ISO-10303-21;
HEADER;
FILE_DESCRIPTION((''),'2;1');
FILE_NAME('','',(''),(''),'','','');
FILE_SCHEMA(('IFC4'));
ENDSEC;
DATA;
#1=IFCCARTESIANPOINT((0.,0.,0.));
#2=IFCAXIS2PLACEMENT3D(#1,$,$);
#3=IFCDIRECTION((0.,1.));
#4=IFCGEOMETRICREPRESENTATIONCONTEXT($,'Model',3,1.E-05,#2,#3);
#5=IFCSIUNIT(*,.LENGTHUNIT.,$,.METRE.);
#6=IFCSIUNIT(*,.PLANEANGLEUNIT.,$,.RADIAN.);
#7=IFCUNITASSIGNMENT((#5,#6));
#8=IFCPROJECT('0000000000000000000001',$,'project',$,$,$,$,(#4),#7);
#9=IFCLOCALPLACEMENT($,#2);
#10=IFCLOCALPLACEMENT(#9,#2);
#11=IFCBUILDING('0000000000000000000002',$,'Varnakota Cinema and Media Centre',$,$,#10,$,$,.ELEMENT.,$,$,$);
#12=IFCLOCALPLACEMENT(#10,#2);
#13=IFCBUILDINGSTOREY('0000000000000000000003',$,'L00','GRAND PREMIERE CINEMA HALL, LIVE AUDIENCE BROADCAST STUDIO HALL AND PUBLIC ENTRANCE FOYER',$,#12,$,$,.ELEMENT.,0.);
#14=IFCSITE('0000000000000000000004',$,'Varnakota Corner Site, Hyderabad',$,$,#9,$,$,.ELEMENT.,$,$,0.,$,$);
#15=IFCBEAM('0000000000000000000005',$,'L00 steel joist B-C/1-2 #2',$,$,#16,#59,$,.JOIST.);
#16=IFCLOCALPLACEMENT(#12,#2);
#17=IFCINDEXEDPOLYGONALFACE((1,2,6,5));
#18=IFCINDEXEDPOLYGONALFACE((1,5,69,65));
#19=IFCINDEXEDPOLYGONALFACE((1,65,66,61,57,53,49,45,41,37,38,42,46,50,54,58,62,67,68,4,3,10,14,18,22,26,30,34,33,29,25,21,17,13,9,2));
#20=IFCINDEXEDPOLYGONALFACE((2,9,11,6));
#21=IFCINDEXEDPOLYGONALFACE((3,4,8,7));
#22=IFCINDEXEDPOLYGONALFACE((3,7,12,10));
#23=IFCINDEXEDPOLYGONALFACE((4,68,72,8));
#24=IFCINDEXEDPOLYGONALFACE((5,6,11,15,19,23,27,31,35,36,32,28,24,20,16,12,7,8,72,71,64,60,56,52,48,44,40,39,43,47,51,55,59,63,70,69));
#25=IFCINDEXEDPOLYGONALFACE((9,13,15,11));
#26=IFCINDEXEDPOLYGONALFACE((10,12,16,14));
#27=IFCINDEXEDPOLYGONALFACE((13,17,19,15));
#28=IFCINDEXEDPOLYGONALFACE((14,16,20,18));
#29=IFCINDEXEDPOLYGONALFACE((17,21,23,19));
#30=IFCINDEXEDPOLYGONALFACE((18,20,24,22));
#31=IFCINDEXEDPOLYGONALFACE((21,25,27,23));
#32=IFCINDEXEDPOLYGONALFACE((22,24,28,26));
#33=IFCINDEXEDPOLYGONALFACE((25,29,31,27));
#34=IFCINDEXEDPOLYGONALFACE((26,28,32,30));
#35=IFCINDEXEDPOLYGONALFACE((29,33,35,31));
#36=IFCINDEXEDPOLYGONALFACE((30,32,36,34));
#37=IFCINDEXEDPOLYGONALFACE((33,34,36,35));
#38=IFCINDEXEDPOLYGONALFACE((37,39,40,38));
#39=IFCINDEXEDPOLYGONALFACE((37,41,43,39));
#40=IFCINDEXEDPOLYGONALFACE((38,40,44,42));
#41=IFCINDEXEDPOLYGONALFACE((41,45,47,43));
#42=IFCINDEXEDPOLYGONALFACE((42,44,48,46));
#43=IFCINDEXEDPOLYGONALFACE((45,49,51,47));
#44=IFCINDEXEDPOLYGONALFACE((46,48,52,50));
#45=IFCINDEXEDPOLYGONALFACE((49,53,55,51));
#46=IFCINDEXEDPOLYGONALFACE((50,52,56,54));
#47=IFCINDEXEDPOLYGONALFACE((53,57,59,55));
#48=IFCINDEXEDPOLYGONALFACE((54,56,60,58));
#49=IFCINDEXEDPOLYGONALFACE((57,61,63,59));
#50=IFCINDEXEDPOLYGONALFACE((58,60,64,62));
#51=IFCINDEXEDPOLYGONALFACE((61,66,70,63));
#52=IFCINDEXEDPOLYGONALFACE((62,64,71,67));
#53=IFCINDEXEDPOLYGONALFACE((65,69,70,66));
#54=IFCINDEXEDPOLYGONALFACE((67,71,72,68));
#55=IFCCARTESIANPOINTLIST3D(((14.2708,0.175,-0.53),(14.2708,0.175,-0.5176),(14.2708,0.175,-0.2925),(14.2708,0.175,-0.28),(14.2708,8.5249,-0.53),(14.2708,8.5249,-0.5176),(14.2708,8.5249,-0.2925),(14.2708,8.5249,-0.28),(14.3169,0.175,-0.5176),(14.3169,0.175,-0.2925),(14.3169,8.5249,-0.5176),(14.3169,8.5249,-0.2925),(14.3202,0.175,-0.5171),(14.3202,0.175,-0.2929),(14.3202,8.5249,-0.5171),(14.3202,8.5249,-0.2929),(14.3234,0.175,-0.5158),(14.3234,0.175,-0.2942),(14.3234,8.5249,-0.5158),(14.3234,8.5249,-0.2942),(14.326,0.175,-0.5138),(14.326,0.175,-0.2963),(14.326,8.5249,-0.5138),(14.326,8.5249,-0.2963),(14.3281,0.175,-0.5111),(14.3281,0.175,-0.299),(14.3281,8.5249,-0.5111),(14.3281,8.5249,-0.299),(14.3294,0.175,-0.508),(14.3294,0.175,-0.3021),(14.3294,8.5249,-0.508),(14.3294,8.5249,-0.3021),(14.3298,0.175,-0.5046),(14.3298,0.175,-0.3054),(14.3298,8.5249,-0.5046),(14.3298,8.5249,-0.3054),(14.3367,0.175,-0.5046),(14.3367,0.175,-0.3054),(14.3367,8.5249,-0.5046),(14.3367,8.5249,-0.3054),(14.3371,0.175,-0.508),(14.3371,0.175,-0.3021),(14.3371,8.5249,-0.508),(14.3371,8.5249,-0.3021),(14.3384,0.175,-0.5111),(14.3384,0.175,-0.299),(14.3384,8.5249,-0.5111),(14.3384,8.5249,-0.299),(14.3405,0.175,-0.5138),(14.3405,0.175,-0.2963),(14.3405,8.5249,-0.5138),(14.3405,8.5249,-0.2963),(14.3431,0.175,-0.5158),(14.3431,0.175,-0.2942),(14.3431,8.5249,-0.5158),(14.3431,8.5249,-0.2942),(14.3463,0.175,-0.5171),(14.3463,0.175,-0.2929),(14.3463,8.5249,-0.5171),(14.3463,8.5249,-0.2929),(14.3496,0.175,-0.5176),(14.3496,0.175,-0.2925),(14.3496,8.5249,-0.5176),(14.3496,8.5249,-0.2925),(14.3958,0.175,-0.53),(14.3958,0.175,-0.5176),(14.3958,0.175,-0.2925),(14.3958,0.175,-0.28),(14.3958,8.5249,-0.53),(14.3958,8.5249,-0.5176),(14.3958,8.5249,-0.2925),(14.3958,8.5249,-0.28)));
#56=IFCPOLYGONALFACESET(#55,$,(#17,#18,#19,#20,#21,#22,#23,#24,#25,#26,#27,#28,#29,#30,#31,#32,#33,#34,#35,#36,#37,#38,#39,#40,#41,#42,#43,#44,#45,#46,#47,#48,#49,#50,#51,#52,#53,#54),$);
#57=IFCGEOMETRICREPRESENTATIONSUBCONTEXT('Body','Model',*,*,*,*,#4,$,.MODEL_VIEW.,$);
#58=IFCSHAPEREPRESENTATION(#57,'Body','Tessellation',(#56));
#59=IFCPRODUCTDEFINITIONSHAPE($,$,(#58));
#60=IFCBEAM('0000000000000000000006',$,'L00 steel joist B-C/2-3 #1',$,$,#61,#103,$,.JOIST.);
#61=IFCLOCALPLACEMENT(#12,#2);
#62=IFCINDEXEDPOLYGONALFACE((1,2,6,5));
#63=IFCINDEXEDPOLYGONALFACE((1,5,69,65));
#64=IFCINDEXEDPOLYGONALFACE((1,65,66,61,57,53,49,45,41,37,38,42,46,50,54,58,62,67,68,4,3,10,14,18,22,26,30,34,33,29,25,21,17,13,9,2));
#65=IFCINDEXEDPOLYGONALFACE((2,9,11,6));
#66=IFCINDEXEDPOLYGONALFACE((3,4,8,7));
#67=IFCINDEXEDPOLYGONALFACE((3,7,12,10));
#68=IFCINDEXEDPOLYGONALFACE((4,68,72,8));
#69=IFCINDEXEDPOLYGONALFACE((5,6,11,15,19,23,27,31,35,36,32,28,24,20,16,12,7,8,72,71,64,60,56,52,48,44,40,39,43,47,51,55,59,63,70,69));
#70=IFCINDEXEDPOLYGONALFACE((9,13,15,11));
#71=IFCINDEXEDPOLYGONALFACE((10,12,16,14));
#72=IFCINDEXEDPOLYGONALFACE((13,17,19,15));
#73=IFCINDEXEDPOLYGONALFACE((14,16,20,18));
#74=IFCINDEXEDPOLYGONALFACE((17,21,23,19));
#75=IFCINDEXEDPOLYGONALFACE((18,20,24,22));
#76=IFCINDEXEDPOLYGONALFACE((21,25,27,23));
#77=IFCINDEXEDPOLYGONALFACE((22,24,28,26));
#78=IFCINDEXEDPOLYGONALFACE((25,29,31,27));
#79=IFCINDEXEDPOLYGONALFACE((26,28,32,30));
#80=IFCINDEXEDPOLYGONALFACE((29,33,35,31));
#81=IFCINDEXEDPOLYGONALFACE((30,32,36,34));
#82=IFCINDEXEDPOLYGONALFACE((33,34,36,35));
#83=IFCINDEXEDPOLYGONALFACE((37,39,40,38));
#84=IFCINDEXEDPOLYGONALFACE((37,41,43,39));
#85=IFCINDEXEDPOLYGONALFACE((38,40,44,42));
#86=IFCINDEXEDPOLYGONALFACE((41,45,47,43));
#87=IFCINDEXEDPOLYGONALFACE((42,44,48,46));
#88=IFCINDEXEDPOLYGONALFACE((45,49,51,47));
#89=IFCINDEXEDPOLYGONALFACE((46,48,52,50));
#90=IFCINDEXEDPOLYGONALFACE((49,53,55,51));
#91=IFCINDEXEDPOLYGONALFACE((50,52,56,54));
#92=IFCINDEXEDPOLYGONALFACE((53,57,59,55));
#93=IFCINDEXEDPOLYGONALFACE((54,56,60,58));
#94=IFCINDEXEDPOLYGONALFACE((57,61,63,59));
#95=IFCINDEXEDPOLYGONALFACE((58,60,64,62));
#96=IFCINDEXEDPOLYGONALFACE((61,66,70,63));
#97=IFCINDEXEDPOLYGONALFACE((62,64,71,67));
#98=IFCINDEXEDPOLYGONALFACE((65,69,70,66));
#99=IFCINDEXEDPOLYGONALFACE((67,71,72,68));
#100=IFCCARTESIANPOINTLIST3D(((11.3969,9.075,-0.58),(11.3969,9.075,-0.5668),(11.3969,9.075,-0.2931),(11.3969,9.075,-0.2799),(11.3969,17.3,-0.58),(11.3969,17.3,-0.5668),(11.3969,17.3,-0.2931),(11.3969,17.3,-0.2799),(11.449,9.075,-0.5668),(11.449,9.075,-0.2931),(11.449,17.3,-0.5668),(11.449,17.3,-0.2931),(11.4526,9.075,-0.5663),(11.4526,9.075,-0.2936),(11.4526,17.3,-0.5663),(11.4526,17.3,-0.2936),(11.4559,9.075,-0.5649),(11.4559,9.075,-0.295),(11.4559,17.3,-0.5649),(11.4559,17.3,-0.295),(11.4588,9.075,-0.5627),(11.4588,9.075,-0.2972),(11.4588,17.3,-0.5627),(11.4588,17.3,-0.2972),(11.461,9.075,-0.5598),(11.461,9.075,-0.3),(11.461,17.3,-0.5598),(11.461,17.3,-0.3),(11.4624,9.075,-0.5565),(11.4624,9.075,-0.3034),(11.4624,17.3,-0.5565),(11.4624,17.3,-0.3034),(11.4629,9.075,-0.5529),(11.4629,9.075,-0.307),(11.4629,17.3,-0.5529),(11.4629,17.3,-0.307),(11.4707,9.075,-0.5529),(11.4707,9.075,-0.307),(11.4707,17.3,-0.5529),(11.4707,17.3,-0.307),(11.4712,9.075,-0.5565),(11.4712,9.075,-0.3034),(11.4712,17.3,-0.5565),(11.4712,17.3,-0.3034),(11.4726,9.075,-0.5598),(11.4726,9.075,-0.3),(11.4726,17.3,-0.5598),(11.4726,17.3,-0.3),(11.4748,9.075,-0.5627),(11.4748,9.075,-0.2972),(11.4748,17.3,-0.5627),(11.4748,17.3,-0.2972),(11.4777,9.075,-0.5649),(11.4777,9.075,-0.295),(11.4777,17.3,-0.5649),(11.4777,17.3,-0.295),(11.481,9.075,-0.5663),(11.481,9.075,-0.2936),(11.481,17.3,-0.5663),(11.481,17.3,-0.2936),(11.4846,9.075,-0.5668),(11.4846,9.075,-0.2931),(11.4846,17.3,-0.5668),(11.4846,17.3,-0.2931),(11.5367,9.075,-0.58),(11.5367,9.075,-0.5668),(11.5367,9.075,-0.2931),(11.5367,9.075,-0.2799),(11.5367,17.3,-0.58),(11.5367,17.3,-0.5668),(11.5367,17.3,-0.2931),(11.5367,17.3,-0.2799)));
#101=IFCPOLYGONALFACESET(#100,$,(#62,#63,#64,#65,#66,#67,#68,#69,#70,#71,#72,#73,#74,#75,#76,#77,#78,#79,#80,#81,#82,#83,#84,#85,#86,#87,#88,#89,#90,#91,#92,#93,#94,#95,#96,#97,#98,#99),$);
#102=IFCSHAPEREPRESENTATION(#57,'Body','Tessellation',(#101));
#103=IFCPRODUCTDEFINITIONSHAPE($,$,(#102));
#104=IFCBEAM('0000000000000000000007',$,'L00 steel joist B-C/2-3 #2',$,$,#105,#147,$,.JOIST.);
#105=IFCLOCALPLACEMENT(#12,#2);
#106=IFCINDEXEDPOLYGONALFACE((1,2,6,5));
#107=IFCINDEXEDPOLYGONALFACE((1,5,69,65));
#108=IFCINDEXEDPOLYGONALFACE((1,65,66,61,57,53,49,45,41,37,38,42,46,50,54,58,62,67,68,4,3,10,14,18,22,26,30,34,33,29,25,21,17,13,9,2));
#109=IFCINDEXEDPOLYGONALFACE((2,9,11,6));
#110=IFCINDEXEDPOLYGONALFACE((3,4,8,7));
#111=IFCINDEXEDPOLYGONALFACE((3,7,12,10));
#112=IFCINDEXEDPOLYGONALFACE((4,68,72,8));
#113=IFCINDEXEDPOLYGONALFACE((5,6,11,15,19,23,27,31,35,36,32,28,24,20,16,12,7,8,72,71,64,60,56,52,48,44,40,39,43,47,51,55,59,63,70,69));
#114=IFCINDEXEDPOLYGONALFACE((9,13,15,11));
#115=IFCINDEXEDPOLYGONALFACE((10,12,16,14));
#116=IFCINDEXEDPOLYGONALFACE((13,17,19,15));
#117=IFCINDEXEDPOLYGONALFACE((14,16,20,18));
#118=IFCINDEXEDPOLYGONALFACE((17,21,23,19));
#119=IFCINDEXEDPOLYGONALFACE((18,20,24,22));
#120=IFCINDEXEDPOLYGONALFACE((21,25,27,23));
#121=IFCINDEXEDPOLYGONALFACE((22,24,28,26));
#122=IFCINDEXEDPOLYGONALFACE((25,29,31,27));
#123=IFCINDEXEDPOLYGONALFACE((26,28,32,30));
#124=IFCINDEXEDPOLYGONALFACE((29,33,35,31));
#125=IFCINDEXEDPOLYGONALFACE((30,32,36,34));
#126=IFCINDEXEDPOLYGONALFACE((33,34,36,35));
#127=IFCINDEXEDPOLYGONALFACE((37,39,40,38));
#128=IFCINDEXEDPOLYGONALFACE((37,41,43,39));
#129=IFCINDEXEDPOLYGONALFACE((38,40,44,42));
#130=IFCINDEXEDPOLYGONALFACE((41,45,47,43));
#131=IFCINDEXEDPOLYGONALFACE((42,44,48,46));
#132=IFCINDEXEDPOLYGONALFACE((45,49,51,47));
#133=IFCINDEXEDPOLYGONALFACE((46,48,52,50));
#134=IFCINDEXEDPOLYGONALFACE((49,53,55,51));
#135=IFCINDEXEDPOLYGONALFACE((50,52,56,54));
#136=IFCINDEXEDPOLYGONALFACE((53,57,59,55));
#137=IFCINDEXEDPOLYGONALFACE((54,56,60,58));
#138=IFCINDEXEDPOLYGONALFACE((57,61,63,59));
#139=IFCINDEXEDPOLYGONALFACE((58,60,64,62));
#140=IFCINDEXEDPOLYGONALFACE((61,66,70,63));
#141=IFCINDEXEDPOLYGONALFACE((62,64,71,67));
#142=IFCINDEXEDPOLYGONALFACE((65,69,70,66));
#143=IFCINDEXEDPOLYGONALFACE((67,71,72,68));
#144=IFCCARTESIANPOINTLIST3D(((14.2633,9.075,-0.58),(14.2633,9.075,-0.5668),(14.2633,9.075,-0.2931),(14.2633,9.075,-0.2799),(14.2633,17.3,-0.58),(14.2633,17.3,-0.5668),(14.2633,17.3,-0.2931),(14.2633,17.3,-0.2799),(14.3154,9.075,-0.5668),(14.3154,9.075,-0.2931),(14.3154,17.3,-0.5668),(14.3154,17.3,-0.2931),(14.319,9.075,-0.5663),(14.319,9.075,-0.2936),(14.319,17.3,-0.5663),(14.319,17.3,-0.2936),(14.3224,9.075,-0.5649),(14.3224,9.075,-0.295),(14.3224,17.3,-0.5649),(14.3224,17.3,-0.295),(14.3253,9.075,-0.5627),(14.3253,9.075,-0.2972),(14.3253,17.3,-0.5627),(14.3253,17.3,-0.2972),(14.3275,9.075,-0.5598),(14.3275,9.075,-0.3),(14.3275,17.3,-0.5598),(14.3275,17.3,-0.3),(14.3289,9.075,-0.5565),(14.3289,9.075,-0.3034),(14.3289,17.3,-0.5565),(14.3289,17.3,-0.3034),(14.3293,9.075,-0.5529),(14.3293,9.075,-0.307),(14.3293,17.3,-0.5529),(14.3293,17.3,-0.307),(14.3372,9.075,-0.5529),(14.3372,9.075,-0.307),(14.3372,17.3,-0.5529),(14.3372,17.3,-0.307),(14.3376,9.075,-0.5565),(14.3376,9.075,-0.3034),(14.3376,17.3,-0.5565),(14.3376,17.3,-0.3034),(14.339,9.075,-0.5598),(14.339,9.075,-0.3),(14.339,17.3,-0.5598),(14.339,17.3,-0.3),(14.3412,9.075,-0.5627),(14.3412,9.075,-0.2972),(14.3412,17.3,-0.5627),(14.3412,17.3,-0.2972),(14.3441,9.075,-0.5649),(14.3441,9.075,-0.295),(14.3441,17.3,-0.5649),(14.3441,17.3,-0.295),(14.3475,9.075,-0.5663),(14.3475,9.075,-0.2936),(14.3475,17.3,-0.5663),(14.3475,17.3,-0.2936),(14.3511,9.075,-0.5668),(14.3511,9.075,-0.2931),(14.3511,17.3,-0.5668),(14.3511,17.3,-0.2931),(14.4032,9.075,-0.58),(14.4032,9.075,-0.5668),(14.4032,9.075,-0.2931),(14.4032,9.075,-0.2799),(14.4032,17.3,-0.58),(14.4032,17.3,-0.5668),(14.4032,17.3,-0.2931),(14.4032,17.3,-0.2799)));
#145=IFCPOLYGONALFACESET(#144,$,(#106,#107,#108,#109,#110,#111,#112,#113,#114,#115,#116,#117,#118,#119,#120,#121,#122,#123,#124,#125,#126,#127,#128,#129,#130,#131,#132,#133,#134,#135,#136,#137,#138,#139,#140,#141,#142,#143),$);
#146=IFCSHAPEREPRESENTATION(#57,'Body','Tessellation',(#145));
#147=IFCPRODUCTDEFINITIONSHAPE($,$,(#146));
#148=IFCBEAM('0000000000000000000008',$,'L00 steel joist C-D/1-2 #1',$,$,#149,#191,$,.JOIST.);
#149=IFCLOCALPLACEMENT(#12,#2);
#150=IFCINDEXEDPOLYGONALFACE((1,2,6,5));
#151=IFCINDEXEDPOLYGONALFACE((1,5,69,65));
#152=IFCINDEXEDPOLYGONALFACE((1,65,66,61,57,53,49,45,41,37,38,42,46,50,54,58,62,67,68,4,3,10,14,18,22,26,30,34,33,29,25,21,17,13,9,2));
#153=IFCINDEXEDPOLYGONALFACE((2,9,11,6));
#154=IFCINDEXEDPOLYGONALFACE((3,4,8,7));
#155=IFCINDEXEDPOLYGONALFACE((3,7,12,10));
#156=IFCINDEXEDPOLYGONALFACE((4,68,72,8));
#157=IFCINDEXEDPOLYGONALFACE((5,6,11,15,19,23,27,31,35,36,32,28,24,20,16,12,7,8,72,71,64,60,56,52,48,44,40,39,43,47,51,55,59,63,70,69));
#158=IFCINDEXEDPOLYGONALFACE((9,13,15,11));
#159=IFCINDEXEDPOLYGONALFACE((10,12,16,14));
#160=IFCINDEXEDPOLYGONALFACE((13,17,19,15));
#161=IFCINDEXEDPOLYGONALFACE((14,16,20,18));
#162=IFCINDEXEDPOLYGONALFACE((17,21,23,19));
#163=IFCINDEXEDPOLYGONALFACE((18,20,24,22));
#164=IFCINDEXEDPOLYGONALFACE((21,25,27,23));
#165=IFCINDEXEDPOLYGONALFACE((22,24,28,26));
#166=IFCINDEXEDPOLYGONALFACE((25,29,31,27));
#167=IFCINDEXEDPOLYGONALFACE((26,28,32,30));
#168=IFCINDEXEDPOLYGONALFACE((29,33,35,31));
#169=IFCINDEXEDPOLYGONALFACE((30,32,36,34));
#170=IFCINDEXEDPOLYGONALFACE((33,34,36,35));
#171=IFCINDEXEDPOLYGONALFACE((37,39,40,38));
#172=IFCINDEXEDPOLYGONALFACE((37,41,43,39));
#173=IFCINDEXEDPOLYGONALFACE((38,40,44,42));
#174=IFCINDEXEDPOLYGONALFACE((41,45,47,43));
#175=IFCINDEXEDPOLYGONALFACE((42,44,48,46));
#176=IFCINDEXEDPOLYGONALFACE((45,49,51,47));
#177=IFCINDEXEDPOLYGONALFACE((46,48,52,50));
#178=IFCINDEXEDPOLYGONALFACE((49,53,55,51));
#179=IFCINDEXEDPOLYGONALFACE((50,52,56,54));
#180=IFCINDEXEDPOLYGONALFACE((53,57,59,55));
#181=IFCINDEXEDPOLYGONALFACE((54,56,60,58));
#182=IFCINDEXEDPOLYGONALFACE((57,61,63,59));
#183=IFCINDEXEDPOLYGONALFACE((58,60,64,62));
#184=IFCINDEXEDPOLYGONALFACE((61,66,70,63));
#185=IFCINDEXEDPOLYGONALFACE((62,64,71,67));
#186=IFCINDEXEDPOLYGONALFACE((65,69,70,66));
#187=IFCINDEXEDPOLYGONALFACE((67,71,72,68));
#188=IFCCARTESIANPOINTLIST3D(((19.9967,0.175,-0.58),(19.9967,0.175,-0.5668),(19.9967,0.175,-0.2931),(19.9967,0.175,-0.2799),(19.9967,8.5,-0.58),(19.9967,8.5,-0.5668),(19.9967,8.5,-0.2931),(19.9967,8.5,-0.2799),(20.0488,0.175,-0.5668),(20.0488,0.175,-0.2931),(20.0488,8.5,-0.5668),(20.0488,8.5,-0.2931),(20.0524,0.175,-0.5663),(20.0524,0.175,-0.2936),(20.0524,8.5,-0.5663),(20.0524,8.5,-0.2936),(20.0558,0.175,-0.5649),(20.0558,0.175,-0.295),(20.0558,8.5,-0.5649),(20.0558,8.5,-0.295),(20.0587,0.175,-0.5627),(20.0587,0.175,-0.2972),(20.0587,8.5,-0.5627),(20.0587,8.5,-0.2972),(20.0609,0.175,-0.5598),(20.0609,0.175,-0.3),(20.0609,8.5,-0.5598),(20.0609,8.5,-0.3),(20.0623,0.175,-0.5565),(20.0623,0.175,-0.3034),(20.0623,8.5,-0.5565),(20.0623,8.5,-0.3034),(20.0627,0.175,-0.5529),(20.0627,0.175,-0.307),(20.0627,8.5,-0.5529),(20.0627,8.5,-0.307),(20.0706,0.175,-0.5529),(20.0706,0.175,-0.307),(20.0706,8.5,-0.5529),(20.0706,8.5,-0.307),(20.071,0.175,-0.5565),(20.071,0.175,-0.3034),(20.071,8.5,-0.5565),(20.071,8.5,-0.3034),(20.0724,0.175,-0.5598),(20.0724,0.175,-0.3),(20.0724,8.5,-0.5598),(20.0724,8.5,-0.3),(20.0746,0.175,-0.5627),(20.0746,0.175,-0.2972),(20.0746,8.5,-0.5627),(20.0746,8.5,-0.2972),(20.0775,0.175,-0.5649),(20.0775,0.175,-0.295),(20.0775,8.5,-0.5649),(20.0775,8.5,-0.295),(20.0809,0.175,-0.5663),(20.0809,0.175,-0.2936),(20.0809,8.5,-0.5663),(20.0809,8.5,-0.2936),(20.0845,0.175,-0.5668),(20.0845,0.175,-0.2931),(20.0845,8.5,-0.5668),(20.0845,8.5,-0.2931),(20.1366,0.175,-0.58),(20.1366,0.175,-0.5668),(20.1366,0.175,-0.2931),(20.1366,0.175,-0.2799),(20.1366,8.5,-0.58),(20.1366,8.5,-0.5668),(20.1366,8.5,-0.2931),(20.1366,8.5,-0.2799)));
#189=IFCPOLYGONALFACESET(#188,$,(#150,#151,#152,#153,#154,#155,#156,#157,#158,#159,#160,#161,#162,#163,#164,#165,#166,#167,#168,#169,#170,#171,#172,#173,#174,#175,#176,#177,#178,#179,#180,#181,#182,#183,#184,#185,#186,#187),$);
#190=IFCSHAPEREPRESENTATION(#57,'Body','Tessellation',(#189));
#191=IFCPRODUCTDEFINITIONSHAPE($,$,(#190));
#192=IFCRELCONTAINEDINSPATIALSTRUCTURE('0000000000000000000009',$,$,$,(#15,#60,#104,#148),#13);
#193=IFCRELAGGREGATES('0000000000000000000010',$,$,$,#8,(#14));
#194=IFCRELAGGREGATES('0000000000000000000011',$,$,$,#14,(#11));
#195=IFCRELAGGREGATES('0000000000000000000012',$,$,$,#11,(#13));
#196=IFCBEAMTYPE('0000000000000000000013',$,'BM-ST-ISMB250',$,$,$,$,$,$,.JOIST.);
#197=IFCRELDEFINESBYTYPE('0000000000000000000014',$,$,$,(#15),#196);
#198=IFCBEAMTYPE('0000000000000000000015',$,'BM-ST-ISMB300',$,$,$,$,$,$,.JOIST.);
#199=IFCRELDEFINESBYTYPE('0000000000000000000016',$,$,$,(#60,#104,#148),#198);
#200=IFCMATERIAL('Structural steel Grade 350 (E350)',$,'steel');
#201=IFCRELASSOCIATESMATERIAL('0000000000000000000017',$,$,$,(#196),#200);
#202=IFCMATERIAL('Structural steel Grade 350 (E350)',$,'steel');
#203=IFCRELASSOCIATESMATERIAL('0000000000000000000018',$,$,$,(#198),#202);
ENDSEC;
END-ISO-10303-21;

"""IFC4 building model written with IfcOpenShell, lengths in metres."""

from ifc_helpers import new_model, si_unit, direction, frame, origin, origin_2d, place, context, subcontext, project, spatial, i_section, extrude, material, material_profile, profile_set, type_object, element, save


model = new_model("IFC4")

# Units and contexts
model_context = context("Model", 3, precision=1e-05, world=origin(), true_north=direction((0.0, 1.0)))
body_context = subcontext(model_context, "Body", "Model", "MODEL_VIEW")
ifc_project = project(units=[si_unit("LENGTHUNIT", "METRE"), si_unit("PLANEANGLEUNIT", "RADIAN")], contexts=[model_context])

# Site, building, storey
site_placement = place(None, origin())
site = spatial("IfcSite", under=ifc_project, at=site_placement, Name="Varnakota Corner Site, Hyderabad", CompositionType="ELEMENT", RefElevation=0.0)
building_placement = place(site_placement, origin())
building = spatial("IfcBuilding", under=site, at=building_placement, Name="Varnakota Cinema and Media Centre", CompositionType="ELEMENT")
storey_placement = place(building_placement, origin())
storey = spatial("IfcBuildingStorey", under=building, at=storey_placement, Name="L00", Description="GRAND PREMIERE CINEMA HALL, LIVE AUDIENCE BROADCAST STUDIO HALL AND PUBLIC ENTRANCE FOYER", CompositionType="ELEMENT", Elevation=0.0)

# Beams
ifc_material_1 = material(Name="Structural steel Grade 350 (E350)", Category="steel")
ifc_material_profile_1 = material_profile(ifc_material_1, i_section(OverallWidth=0.125, OverallDepth=0.25, WebThickness=0.0068, FlangeThickness=0.0125, FilletRadius=0.0129, at=origin_2d()), Name="ISMB 250")
ifc_profile_set_1 = profile_set([ifc_material_profile_1], Name="Structural steel Grade 350 (E350)")
beam_type_1 = type_object("IfcBeamType", Name="BM-ST-ISMB250", PredefinedType="JOIST", material=ifc_profile_set_1)
for number, where, z_axis, x_axis, name in (
    (1, (14.3333, 0.175, -0.405), (0.0, 1.0, 0.0), (-1.0, 0.0, 0.0), "L00 steel joist B-C/1-2 #2"),
):
    element("IfcBeam", number, at=place(storey_placement, frame(where, z_axis=z_axis, x_axis=x_axis)), inside=storey, type_object=beam_type_1, Name=name, PredefinedType="JOIST", context=body_context, shape_type="SweptSolid", body=[
        extrude(i_section(OverallWidth=0.125, OverallDepth=0.25, WebThickness=0.0068, FlangeThickness=0.0125, FilletRadius=0.0129, at=origin_2d()), origin(), (0.0, 0.0, 1.0), 8.3499),
    ])
ifc_material_2 = material(Name="Structural steel Grade 350 (E350)", Category="steel")
ifc_material_profile_2 = material_profile(ifc_material_2, i_section(OverallWidth=0.1399, OverallDepth=0.3, WebThickness=0.0078, FlangeThickness=0.0132, FilletRadius=0.0139, at=origin_2d()), Name="ISMB 300")
ifc_profile_set_2 = profile_set([ifc_material_profile_2], Name="Structural steel Grade 350 (E350)")
beam_type_2 = type_object("IfcBeamType", Name="BM-ST-ISMB300", PredefinedType="JOIST", material=ifc_profile_set_2)
for number, where, z_axis, x_axis, name in (
    (2, (11.4668, 9.075, -0.4299), (0.0, 1.0, 0.0), (-1.0, 0.0, 0.0), "L00 steel joist B-C/2-3 #1"),
    (3, (14.3333, 9.075, -0.4299), (0.0, 1.0, 0.0), (-1.0, 0.0, 0.0), "L00 steel joist B-C/2-3 #2"),
):
    element("IfcBeam", number, at=place(storey_placement, frame(where, z_axis=z_axis, x_axis=x_axis)), inside=storey, type_object=beam_type_2, Name=name, PredefinedType="JOIST", context=body_context, shape_type="SweptSolid", body=[
        extrude(i_section(OverallWidth=0.1399, OverallDepth=0.3, WebThickness=0.0078, FlangeThickness=0.0132, FilletRadius=0.0139, at=origin_2d()), origin(), (0.0, 0.0, 1.0), 8.2251),
    ])
beam_1_placement = place(storey_placement, frame((20.0667, 0.175, -0.4299), z_axis=(0.0, 1.0, 0.0), x_axis=(-1.0, 0.0, 0.0)))
element("IfcBeam", 4, at=beam_1_placement, inside=storey, type_object=beam_type_2, Name="L00 steel joist C-D/1-2 #1", PredefinedType="JOIST", context=body_context, shape_type="SweptSolid", body=[
    extrude(i_section(OverallWidth=0.1399, OverallDepth=0.3, WebThickness=0.0078, FlangeThickness=0.0132, FilletRadius=0.0139, at=origin_2d()), origin(), (0.0, 0.0, 1.0), 8.325),
])

save(model, "model.ifc")
